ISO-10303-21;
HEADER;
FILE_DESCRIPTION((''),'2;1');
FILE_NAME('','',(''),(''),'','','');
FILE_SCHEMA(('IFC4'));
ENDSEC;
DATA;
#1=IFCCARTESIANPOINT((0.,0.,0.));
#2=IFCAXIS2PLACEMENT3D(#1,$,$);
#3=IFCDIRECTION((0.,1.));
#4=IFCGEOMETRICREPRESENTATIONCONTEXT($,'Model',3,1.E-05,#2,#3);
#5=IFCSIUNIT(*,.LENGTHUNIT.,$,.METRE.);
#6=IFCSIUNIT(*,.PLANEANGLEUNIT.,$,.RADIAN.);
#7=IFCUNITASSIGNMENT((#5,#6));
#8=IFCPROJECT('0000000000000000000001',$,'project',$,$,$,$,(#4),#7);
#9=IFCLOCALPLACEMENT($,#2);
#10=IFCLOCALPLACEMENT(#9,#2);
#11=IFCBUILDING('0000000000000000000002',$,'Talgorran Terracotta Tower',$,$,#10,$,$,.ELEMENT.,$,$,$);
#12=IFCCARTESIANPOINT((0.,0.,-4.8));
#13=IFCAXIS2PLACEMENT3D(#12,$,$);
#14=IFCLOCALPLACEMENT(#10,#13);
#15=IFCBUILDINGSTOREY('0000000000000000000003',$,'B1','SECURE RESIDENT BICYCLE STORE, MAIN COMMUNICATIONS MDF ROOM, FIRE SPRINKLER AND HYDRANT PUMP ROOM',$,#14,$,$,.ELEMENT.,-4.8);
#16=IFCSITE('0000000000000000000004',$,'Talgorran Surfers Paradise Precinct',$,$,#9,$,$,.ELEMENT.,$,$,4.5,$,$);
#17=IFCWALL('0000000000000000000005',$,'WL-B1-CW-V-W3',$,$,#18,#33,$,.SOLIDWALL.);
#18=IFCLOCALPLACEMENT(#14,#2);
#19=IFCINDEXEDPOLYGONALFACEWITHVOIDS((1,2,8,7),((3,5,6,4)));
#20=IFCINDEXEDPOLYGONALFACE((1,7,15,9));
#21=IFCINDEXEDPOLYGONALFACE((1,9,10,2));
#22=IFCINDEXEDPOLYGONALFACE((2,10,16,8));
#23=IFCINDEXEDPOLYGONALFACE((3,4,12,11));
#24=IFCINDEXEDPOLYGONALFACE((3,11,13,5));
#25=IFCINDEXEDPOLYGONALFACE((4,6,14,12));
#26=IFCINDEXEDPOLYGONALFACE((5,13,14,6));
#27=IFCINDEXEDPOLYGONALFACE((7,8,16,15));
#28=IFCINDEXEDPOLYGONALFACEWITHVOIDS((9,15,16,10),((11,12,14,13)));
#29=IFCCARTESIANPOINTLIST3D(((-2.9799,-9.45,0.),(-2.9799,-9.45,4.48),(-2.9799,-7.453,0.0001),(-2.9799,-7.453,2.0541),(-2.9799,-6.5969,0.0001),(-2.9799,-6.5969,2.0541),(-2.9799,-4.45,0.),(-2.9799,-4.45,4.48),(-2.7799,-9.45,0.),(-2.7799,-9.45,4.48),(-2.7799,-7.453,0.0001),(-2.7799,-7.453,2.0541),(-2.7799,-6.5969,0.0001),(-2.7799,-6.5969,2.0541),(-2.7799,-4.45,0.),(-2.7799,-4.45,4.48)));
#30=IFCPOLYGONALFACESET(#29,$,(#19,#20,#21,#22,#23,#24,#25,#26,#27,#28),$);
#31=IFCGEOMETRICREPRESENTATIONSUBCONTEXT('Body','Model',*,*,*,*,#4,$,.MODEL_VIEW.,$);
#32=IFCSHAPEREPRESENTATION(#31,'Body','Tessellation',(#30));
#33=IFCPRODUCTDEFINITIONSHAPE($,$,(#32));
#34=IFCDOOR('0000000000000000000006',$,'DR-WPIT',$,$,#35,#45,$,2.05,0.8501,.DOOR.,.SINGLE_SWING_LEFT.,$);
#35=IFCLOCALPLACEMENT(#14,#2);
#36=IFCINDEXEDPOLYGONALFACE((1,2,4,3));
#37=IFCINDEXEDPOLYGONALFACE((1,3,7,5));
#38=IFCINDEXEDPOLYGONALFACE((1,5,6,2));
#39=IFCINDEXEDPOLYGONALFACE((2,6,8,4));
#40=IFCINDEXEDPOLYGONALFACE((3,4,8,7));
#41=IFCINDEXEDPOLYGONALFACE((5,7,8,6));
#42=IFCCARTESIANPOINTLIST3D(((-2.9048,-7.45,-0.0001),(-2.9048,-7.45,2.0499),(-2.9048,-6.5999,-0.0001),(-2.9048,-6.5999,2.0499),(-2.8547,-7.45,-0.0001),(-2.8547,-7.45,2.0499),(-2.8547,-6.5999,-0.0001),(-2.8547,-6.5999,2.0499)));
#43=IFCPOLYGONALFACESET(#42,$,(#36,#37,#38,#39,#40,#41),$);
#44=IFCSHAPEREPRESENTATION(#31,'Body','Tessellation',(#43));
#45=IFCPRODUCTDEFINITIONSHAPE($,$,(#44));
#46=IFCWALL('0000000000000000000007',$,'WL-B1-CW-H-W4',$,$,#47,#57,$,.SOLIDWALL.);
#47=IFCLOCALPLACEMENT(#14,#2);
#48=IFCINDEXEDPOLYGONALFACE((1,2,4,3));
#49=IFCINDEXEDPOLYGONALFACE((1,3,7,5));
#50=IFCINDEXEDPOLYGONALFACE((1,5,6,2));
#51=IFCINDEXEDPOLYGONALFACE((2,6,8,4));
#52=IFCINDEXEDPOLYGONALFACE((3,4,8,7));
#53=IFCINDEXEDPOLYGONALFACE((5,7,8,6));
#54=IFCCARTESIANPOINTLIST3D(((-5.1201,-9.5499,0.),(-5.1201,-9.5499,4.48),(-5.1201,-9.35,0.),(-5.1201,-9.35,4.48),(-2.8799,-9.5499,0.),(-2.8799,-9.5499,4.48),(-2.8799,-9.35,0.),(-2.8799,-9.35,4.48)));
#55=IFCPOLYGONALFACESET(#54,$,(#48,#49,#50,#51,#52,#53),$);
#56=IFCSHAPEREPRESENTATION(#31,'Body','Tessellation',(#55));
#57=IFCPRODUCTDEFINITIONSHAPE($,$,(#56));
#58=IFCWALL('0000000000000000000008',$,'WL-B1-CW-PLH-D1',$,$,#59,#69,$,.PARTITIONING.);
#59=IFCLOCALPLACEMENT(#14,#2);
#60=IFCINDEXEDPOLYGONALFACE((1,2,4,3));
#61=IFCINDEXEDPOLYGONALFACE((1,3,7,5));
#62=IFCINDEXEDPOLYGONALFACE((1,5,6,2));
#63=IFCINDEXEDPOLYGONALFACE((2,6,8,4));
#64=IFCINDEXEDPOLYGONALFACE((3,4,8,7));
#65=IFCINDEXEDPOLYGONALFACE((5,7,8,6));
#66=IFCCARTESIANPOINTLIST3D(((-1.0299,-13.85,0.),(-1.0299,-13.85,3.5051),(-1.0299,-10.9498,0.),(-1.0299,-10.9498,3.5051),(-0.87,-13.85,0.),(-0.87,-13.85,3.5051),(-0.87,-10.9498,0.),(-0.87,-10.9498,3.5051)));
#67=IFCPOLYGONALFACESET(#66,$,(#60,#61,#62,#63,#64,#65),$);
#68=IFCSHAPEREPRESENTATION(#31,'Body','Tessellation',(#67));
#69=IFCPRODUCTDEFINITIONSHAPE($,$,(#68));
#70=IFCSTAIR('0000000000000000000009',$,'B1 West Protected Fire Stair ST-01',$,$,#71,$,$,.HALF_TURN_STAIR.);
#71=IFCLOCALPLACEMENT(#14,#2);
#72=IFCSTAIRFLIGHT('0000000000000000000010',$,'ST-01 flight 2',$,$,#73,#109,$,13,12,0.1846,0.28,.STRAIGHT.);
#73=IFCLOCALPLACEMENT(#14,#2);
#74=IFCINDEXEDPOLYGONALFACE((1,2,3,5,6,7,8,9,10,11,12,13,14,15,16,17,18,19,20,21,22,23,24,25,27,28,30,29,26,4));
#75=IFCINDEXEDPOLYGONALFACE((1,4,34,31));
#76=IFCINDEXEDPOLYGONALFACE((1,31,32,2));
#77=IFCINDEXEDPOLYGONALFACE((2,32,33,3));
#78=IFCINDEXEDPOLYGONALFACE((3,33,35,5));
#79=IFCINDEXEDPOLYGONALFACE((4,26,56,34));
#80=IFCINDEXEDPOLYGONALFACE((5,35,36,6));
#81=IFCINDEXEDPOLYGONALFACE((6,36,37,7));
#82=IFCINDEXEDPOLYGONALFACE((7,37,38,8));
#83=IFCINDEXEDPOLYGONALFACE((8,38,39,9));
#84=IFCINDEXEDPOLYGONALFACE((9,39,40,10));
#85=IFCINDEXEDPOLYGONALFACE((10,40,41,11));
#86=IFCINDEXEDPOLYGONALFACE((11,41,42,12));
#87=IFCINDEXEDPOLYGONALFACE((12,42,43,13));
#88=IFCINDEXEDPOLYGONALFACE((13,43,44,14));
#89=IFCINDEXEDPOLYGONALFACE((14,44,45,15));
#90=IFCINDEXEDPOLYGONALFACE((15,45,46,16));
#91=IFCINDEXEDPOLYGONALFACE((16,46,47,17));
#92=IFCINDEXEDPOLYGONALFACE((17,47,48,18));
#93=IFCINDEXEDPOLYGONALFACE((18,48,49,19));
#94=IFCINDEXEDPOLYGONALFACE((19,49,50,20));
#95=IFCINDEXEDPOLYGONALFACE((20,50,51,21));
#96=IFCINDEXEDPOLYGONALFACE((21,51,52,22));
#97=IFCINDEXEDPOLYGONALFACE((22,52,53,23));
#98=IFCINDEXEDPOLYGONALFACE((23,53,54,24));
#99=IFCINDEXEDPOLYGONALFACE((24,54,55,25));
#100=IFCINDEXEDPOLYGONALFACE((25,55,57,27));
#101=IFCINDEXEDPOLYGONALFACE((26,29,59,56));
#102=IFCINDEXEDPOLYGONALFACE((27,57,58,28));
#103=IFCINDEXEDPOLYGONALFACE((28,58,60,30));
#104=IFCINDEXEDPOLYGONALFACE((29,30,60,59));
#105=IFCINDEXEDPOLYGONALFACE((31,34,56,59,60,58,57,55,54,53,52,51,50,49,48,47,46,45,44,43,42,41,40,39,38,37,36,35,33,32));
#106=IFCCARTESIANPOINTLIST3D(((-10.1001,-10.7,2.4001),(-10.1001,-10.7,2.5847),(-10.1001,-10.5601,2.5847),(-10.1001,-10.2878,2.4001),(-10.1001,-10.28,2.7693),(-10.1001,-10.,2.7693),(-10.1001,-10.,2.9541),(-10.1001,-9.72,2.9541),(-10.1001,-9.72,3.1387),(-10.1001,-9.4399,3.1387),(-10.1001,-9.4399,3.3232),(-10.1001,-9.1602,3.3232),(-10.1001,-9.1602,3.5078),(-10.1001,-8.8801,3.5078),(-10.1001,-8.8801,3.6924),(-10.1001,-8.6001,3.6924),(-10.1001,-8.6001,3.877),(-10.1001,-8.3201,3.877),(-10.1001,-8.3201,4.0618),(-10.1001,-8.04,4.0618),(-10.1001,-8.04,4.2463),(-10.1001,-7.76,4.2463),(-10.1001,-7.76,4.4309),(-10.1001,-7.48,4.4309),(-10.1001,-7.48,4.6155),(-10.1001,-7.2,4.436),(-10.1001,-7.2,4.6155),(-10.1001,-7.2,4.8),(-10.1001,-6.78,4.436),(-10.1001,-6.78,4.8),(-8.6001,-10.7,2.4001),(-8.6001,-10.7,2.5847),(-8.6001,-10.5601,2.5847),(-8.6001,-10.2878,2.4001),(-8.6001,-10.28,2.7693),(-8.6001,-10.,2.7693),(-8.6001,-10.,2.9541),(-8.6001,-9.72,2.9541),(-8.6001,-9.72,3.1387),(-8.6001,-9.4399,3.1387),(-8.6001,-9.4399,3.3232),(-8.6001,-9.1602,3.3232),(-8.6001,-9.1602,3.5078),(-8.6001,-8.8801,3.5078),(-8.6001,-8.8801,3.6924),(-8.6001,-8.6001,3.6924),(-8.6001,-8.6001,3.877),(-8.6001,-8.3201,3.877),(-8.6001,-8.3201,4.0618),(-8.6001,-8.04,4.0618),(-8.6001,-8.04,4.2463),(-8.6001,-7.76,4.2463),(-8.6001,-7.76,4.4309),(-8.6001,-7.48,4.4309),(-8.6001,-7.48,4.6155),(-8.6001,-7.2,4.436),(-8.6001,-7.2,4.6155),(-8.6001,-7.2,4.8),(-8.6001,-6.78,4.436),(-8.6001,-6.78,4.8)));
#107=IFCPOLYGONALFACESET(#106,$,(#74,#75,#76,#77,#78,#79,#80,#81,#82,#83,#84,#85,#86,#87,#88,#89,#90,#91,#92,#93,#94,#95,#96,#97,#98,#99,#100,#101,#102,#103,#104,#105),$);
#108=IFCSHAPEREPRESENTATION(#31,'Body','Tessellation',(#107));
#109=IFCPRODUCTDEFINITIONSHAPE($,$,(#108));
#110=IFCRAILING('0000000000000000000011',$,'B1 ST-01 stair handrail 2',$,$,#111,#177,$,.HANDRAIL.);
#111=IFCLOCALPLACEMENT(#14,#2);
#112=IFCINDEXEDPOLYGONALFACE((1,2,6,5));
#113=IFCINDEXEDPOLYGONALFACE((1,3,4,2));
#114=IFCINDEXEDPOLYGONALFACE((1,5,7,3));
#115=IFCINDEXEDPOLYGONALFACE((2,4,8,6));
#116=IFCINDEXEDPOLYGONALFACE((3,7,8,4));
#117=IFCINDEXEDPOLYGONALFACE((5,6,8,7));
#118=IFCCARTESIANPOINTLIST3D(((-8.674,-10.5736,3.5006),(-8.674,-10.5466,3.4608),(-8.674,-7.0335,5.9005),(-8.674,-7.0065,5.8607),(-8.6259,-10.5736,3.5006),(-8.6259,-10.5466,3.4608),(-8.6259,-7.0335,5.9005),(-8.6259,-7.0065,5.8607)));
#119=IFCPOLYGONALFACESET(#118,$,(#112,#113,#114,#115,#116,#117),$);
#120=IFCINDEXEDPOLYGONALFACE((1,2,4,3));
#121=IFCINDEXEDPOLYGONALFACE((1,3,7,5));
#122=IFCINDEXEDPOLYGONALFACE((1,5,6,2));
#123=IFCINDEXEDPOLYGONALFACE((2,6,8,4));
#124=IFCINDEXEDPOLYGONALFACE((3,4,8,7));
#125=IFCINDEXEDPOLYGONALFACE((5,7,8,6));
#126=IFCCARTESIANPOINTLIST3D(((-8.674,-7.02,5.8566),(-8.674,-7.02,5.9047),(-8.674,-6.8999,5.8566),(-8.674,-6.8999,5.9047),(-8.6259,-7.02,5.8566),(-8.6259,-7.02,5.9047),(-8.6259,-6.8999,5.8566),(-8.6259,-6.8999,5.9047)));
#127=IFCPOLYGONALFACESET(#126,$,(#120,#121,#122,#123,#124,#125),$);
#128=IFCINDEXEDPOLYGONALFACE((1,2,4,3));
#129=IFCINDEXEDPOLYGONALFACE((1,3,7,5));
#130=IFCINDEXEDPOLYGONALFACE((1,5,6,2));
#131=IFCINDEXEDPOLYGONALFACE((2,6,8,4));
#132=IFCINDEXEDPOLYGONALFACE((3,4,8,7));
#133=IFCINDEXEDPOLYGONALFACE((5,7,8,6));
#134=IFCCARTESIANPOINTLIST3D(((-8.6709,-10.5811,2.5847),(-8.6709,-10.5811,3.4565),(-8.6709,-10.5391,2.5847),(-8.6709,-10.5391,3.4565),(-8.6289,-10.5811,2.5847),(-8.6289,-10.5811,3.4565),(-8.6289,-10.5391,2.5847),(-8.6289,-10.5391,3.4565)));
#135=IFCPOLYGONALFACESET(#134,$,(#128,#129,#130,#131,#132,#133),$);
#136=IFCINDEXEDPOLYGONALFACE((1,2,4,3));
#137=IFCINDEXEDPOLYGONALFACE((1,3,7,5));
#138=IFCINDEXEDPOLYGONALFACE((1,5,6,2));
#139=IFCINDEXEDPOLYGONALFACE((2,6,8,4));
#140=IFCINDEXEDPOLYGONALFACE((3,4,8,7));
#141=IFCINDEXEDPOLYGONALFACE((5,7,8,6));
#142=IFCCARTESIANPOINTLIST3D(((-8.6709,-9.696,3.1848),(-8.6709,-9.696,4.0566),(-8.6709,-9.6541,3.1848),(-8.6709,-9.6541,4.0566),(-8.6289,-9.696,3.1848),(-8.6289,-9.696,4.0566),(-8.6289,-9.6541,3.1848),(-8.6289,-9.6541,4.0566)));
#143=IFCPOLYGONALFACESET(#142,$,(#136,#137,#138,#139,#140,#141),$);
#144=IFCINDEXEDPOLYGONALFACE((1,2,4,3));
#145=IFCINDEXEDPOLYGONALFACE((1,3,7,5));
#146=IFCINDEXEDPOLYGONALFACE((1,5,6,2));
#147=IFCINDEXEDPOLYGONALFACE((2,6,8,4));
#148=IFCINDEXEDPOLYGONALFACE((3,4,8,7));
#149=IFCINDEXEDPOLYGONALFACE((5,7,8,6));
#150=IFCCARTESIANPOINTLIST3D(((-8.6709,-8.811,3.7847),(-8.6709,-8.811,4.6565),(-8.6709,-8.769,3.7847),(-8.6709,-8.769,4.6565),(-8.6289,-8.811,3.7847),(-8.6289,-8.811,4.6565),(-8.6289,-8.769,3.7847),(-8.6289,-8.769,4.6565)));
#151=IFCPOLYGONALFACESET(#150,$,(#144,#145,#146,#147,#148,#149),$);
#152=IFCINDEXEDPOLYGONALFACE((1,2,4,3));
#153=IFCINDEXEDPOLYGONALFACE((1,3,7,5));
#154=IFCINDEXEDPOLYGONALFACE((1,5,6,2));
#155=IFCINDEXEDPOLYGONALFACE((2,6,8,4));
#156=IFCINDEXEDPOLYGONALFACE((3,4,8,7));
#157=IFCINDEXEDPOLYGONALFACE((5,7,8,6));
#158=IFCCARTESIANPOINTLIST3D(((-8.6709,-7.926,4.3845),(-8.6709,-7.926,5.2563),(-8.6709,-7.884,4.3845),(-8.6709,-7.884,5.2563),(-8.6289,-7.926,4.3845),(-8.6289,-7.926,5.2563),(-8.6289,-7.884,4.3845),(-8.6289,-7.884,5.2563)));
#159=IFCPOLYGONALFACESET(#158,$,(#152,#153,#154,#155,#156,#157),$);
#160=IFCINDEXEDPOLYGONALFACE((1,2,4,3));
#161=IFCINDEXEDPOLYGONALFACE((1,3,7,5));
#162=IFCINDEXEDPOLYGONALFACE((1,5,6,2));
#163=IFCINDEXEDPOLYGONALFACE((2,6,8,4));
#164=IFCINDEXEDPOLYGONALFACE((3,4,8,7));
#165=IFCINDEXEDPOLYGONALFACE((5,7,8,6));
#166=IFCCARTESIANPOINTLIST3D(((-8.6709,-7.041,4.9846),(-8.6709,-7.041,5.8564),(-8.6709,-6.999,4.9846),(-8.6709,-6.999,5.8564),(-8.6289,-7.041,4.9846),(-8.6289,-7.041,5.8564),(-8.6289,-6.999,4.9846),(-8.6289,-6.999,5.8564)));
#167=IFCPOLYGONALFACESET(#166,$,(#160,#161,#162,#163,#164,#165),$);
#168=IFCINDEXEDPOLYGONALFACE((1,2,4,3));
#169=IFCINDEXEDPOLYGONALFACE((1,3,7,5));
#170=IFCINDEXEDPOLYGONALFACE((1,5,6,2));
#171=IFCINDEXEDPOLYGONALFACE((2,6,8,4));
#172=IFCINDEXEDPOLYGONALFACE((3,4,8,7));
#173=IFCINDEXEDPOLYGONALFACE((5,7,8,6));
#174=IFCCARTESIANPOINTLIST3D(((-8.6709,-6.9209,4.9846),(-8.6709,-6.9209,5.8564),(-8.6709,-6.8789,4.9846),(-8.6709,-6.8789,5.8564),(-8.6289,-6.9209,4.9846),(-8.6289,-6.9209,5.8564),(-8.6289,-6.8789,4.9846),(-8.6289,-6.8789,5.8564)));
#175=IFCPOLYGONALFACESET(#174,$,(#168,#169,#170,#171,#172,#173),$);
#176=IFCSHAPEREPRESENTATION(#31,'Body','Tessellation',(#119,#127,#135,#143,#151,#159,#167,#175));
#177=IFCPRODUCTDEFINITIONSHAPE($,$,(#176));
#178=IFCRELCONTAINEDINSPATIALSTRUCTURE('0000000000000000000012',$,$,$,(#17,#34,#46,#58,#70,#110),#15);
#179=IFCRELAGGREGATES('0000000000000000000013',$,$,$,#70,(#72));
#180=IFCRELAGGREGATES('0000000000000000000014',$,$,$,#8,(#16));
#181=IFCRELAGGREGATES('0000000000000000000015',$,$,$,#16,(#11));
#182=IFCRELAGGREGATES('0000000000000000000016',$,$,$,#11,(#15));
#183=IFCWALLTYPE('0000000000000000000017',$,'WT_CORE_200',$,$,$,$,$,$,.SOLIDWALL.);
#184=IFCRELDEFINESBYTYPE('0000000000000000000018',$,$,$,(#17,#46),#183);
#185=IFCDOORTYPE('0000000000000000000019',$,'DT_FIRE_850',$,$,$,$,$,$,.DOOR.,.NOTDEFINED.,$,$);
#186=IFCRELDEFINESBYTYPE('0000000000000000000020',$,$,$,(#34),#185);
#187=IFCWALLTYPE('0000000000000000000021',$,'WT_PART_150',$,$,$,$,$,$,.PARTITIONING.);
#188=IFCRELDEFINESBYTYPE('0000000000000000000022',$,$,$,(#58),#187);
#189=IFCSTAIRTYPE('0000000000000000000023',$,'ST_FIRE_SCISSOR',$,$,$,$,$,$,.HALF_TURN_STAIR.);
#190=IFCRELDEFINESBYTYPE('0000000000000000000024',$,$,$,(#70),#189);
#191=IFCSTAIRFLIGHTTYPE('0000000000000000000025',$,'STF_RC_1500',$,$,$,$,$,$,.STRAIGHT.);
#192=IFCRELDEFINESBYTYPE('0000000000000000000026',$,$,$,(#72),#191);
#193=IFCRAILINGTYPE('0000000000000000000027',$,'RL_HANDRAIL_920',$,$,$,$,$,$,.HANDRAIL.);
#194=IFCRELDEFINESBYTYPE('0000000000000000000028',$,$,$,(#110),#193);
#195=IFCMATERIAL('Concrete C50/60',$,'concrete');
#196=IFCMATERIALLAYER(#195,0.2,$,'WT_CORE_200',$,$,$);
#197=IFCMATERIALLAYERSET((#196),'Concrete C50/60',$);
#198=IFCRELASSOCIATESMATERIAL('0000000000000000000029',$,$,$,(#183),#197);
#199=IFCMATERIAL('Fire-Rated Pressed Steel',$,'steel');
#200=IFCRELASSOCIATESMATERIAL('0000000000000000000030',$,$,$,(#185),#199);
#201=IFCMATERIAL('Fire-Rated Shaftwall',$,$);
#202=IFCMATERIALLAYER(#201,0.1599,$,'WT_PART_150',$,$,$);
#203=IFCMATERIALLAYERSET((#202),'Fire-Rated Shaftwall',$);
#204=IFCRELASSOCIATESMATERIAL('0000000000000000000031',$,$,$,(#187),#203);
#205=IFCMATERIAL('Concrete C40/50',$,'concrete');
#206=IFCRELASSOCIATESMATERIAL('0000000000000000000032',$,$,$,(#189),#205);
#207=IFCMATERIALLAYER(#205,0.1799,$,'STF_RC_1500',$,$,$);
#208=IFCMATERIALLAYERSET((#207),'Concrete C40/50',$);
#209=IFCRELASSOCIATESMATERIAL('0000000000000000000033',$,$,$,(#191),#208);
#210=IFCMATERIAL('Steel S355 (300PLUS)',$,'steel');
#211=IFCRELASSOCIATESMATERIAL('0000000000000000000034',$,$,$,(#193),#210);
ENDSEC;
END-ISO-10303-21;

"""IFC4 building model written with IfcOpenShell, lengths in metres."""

from ifc_helpers import new_model, si_unit, direction, frame, frame_2d, origin, origin_2d, place, context, subcontext, project, spatial, polyline, rectangle, outline, extrude, material, layer, layer_set, type_object, element, fill, aggregate, save


model = new_model("IFC4")

# Units and contexts
model_context = context("Model", 3, precision=1e-05, world=origin(), true_north=direction((0.0, 1.0)))
body_context = subcontext(model_context, "Body", "Model", "MODEL_VIEW")
ifc_project = project(units=[si_unit("LENGTHUNIT", "METRE"), si_unit("PLANEANGLEUNIT", "RADIAN")], contexts=[model_context])

# Site, building, storey
site_placement = place(None, origin())
site = spatial("IfcSite", under=ifc_project, at=site_placement, Name="Talgorran Surfers Paradise Precinct", CompositionType="ELEMENT", RefElevation=4.5)
building_placement = place(site_placement, origin())
building = spatial("IfcBuilding", under=site, at=building_placement, Name="Talgorran Terracotta Tower", CompositionType="ELEMENT")
storey_placement = place(building_placement, frame((0.0, 0.0, -4.8)))
storey = spatial("IfcBuildingStorey", under=building, at=storey_placement, Name="B1", Description="SECURE RESIDENT BICYCLE STORE, MAIN COMMUNICATIONS MDF ROOM, FIRE SPRINKLER AND HYDRANT PUMP ROOM", CompositionType="ELEMENT", Elevation=-4.8)

# Shared definitions
ifc_material_1 = material(Name="Concrete C50/60", Category="concrete")

# Shared definitions
ifc_layer_1 = layer(ifc_material_1, 0.2, Name="WT_CORE_200")
ifc_layer_set_1 = layer_set([ifc_layer_1], Name="Concrete C50/60")
wall_type_1 = type_object("IfcWallType", Name="WT_CORE_200", PredefinedType="SOLIDWALL", material=ifc_layer_set_1)
ifc_material_2 = material(Name="Fire-Rated Pressed Steel", Category="steel")

# Wall, opening, door
wall_1_placement = place(storey_placement, frame((-2.8799, -9.45, 0.0), z_axis=(0.0, 0.0, 1.0), x_axis=(0.0, 1.0, 0.0)))
wall_1 = element("IfcWall", 1, at=wall_1_placement, inside=storey, type_object=wall_type_1, Name="WL-B1-CW-V-W3", PredefinedType="SOLIDWALL", context=body_context, shape_type="SweptSolid", body=[
    extrude(rectangle(XDim=5.0, YDim=0.2, at=frame_2d((2.5, 0.0))), origin(), (0.0, 0.0, 1.0), 4.48),
])
opening_1_placement = place(wall_1_placement, frame((2.0, 0.0, 0.0)))
opening_1 = element("IfcOpeningElement", 2, at=opening_1_placement, cuts=wall_1, PredefinedType="OPENING", context=body_context, shape_type="SweptSolid", body=[
    extrude(rectangle(XDim=0.8561, YDim=2.054, at=frame_2d((0.425, 1.0271))), frame((0.0, 0.1099, 0.0), z_axis=(0.0, -1.0, 0.0), x_axis=(1.0, 0.0, 0.0)), (0.0, 0.0, 1.0), 0.22),
])
door_type_1 = type_object("IfcDoorType", Name="DT_FIRE_850", OperationType="NOTDEFINED", PredefinedType="DOOR", material=ifc_material_2)
door_1_placement = place(opening_1_placement, origin())
door_1 = element("IfcDoor", 3, at=door_1_placement, inside=storey, type_object=door_type_1, Name="DR-WPIT", OperationType="SINGLE_SWING_LEFT", OverallHeight=2.05, OverallWidth=0.8501, PredefinedType="DOOR", context=body_context, shape_type="SweptSolid", body=[
    extrude(rectangle(XDim=0.8501, YDim=2.05, at=frame_2d((0.425, 1.0249))), frame((0.0, 0.0249, 0.0), z_axis=(0.0, -1.0, 0.0), x_axis=(1.0, 0.0, 0.0)), (0.0, 0.0, 1.0), 0.05),
])
fill(opening_1, door_1)

# Walls
wall_2_placement = place(storey_placement, frame((-5.1201, -9.45, 0.0), z_axis=(0.0, 0.0, 1.0), x_axis=(1.0, 0.0, 0.0)))
element("IfcWall", 4, at=wall_2_placement, inside=storey, type_object=wall_type_1, Name="WL-B1-CW-H-W4", PredefinedType="SOLIDWALL", context=body_context, shape_type="SweptSolid", body=[
    extrude(rectangle(XDim=2.2402, YDim=0.2, at=frame_2d((1.1201, 0.0))), origin(), (0.0, 0.0, 1.0), 4.48),
])
ifc_material_3 = material(Name="Fire-Rated Shaftwall")
ifc_layer_2 = layer(ifc_material_3, 0.1599, Name="WT_PART_150")
ifc_layer_set_2 = layer_set([ifc_layer_2], Name="Fire-Rated Shaftwall")
wall_type_2 = type_object("IfcWallType", Name="WT_PART_150", PredefinedType="PARTITIONING", material=ifc_layer_set_2)
wall_3_placement = place(storey_placement, frame((-0.95, -13.8501, 0.0), z_axis=(0.0, 0.0, 1.0), x_axis=(0.0, 1.0, 0.0)))
element("IfcWall", 5, at=wall_3_placement, inside=storey, type_object=wall_type_2, Name="WL-B1-CW-PLH-D1", PredefinedType="PARTITIONING", context=body_context, shape_type="SweptSolid", body=[
    extrude(rectangle(XDim=2.9001, YDim=0.1599, at=frame_2d((1.4502, 0.0))), origin(), (0.0, 0.0, 1.0), 3.5051),
])

# Stair, stair flight
ifc_material_4 = material(Name="Concrete C40/50", Category="concrete")
stair_type = type_object("IfcStairType", Name="ST_FIRE_SCISSOR", PredefinedType="HALF_TURN_STAIR", material=ifc_material_4)
stair_placement = place(storey_placement, origin())
stair = element("IfcStair", 6, at=stair_placement, inside=storey, type_object=stair_type, Name="B1 West Protected Fire Stair ST-01", PredefinedType="HALF_TURN_STAIR")
ifc_layer_3 = layer(ifc_material_4, 0.1799, Name="STF_RC_1500")
ifc_layer_set_3 = layer_set([ifc_layer_3], Name="Concrete C40/50")
stair_flight_type = type_object("IfcStairFlightType", Name="STF_RC_1500", PredefinedType="STRAIGHT", material=ifc_layer_set_3)
stair_flight_placement = place(storey_placement, frame((-9.3501, -10.5601, 2.4001), z_axis=(0.0, 0.0, 1.0), x_axis=(0.0, 1.0, 0.0)))
stair_flight = element("IfcStairFlight", 7, at=stair_flight_placement, type_object=stair_flight_type, Name="ST-01 flight 2", NumberOfRisers=13, NumberOfTreads=12, PredefinedType="STRAIGHT", RiserHeight=0.1846, TreadLength=0.28, context=body_context, shape_type="SweptSolid", body=[
    extrude(outline(polyline([(-0.1399, 0.0), (-0.1399, 0.1846), (0.0, 0.1846), (0.28, 0.3691), (0.5601, 0.3691), (0.5601, 0.554), (0.8401, 0.554), (0.8401, 0.7385), (1.1201, 0.7385), (1.1201, 0.9231), (1.3999, 0.9231), (1.3999, 1.1077), (1.6799, 1.1077), (1.6799, 1.2922), (1.96, 1.2922), (1.96, 1.4768), (2.24, 1.4768), (2.24, 1.6616), (2.52, 1.6616), (2.52, 1.8462), (2.8, 1.8462), (2.8, 2.0308), (3.0801, 2.0308), (3.0801, 2.2153), (3.3601, 2.2153), (3.3601, 2.3999), (3.78, 2.3999), (3.78, 2.0359), (3.3601, 2.0359), (0.2722, 0.0), (-0.1399, 0.0)])), frame((0.0, 0.75, 0.0), z_axis=(0.0, -1.0, 0.0), x_axis=(1.0, 0.0, 0.0)), (0.0, 0.0, 1.0), 1.5),
])
aggregate(stair, [stair_flight])

# Railing
ifc_material_5 = material(Name="Steel S355 (300PLUS)", Category="steel")
railing_type_1 = type_object("IfcRailingType", Name="RL_HANDRAIL_920", PredefinedType="HANDRAIL", material=ifc_material_5)
railing_1_placement = place(storey_placement, frame((-8.6499, -10.5601, 2.5847)))
element("IfcRailing", 8, at=railing_1_placement, inside=storey, type_object=railing_type_1, Name="B1 ST-01 stair handrail 2", PredefinedType="HANDRAIL", context=body_context, shape_type="SweptSolid", body=[
    extrude(rectangle(XDim=0.0481, YDim=0.0481, at=origin_2d()), frame((0.0, 0.0, 0.896), z_axis=(0.0, 0.827722, 0.561138), x_axis=(-1.0, 0.0, 0.0)), (0.0, 0.0, 1.0), 4.2769),
    extrude(rectangle(XDim=0.0481, YDim=0.0481, at=origin_2d()), frame((0.0, 3.54, 3.2959), z_axis=(0.0, 1.0, 0.0), x_axis=(-1.0, 0.0, 0.0)), (0.0, 0.0, 1.0), 0.1201),
    extrude(rectangle(XDim=0.042, YDim=0.042, at=origin_2d()), origin(), (0.0, 0.0, 1.0), 0.8718),
    extrude(rectangle(XDim=0.042, YDim=0.042, at=origin_2d()), frame((0.0, 0.885, 0.6001)), (0.0, 0.0, 1.0), 0.8718),
    extrude(rectangle(XDim=0.042, YDim=0.042, at=origin_2d()), frame((0.0, 1.77, 1.2)), (0.0, 0.0, 1.0), 0.8718),
    extrude(rectangle(XDim=0.042, YDim=0.042, at=origin_2d()), frame((0.0, 2.655, 1.7998)), (0.0, 0.0, 1.0), 0.8718),
    extrude(rectangle(XDim=0.042, YDim=0.042, at=origin_2d()), frame((0.0, 3.54, 2.3999)), (0.0, 0.0, 1.0), 0.8718),
    extrude(rectangle(XDim=0.042, YDim=0.042, at=origin_2d()), frame((0.0, 3.6602, 2.3999)), (0.0, 0.0, 1.0), 0.8718),
])

save(model, "model.ifc")
